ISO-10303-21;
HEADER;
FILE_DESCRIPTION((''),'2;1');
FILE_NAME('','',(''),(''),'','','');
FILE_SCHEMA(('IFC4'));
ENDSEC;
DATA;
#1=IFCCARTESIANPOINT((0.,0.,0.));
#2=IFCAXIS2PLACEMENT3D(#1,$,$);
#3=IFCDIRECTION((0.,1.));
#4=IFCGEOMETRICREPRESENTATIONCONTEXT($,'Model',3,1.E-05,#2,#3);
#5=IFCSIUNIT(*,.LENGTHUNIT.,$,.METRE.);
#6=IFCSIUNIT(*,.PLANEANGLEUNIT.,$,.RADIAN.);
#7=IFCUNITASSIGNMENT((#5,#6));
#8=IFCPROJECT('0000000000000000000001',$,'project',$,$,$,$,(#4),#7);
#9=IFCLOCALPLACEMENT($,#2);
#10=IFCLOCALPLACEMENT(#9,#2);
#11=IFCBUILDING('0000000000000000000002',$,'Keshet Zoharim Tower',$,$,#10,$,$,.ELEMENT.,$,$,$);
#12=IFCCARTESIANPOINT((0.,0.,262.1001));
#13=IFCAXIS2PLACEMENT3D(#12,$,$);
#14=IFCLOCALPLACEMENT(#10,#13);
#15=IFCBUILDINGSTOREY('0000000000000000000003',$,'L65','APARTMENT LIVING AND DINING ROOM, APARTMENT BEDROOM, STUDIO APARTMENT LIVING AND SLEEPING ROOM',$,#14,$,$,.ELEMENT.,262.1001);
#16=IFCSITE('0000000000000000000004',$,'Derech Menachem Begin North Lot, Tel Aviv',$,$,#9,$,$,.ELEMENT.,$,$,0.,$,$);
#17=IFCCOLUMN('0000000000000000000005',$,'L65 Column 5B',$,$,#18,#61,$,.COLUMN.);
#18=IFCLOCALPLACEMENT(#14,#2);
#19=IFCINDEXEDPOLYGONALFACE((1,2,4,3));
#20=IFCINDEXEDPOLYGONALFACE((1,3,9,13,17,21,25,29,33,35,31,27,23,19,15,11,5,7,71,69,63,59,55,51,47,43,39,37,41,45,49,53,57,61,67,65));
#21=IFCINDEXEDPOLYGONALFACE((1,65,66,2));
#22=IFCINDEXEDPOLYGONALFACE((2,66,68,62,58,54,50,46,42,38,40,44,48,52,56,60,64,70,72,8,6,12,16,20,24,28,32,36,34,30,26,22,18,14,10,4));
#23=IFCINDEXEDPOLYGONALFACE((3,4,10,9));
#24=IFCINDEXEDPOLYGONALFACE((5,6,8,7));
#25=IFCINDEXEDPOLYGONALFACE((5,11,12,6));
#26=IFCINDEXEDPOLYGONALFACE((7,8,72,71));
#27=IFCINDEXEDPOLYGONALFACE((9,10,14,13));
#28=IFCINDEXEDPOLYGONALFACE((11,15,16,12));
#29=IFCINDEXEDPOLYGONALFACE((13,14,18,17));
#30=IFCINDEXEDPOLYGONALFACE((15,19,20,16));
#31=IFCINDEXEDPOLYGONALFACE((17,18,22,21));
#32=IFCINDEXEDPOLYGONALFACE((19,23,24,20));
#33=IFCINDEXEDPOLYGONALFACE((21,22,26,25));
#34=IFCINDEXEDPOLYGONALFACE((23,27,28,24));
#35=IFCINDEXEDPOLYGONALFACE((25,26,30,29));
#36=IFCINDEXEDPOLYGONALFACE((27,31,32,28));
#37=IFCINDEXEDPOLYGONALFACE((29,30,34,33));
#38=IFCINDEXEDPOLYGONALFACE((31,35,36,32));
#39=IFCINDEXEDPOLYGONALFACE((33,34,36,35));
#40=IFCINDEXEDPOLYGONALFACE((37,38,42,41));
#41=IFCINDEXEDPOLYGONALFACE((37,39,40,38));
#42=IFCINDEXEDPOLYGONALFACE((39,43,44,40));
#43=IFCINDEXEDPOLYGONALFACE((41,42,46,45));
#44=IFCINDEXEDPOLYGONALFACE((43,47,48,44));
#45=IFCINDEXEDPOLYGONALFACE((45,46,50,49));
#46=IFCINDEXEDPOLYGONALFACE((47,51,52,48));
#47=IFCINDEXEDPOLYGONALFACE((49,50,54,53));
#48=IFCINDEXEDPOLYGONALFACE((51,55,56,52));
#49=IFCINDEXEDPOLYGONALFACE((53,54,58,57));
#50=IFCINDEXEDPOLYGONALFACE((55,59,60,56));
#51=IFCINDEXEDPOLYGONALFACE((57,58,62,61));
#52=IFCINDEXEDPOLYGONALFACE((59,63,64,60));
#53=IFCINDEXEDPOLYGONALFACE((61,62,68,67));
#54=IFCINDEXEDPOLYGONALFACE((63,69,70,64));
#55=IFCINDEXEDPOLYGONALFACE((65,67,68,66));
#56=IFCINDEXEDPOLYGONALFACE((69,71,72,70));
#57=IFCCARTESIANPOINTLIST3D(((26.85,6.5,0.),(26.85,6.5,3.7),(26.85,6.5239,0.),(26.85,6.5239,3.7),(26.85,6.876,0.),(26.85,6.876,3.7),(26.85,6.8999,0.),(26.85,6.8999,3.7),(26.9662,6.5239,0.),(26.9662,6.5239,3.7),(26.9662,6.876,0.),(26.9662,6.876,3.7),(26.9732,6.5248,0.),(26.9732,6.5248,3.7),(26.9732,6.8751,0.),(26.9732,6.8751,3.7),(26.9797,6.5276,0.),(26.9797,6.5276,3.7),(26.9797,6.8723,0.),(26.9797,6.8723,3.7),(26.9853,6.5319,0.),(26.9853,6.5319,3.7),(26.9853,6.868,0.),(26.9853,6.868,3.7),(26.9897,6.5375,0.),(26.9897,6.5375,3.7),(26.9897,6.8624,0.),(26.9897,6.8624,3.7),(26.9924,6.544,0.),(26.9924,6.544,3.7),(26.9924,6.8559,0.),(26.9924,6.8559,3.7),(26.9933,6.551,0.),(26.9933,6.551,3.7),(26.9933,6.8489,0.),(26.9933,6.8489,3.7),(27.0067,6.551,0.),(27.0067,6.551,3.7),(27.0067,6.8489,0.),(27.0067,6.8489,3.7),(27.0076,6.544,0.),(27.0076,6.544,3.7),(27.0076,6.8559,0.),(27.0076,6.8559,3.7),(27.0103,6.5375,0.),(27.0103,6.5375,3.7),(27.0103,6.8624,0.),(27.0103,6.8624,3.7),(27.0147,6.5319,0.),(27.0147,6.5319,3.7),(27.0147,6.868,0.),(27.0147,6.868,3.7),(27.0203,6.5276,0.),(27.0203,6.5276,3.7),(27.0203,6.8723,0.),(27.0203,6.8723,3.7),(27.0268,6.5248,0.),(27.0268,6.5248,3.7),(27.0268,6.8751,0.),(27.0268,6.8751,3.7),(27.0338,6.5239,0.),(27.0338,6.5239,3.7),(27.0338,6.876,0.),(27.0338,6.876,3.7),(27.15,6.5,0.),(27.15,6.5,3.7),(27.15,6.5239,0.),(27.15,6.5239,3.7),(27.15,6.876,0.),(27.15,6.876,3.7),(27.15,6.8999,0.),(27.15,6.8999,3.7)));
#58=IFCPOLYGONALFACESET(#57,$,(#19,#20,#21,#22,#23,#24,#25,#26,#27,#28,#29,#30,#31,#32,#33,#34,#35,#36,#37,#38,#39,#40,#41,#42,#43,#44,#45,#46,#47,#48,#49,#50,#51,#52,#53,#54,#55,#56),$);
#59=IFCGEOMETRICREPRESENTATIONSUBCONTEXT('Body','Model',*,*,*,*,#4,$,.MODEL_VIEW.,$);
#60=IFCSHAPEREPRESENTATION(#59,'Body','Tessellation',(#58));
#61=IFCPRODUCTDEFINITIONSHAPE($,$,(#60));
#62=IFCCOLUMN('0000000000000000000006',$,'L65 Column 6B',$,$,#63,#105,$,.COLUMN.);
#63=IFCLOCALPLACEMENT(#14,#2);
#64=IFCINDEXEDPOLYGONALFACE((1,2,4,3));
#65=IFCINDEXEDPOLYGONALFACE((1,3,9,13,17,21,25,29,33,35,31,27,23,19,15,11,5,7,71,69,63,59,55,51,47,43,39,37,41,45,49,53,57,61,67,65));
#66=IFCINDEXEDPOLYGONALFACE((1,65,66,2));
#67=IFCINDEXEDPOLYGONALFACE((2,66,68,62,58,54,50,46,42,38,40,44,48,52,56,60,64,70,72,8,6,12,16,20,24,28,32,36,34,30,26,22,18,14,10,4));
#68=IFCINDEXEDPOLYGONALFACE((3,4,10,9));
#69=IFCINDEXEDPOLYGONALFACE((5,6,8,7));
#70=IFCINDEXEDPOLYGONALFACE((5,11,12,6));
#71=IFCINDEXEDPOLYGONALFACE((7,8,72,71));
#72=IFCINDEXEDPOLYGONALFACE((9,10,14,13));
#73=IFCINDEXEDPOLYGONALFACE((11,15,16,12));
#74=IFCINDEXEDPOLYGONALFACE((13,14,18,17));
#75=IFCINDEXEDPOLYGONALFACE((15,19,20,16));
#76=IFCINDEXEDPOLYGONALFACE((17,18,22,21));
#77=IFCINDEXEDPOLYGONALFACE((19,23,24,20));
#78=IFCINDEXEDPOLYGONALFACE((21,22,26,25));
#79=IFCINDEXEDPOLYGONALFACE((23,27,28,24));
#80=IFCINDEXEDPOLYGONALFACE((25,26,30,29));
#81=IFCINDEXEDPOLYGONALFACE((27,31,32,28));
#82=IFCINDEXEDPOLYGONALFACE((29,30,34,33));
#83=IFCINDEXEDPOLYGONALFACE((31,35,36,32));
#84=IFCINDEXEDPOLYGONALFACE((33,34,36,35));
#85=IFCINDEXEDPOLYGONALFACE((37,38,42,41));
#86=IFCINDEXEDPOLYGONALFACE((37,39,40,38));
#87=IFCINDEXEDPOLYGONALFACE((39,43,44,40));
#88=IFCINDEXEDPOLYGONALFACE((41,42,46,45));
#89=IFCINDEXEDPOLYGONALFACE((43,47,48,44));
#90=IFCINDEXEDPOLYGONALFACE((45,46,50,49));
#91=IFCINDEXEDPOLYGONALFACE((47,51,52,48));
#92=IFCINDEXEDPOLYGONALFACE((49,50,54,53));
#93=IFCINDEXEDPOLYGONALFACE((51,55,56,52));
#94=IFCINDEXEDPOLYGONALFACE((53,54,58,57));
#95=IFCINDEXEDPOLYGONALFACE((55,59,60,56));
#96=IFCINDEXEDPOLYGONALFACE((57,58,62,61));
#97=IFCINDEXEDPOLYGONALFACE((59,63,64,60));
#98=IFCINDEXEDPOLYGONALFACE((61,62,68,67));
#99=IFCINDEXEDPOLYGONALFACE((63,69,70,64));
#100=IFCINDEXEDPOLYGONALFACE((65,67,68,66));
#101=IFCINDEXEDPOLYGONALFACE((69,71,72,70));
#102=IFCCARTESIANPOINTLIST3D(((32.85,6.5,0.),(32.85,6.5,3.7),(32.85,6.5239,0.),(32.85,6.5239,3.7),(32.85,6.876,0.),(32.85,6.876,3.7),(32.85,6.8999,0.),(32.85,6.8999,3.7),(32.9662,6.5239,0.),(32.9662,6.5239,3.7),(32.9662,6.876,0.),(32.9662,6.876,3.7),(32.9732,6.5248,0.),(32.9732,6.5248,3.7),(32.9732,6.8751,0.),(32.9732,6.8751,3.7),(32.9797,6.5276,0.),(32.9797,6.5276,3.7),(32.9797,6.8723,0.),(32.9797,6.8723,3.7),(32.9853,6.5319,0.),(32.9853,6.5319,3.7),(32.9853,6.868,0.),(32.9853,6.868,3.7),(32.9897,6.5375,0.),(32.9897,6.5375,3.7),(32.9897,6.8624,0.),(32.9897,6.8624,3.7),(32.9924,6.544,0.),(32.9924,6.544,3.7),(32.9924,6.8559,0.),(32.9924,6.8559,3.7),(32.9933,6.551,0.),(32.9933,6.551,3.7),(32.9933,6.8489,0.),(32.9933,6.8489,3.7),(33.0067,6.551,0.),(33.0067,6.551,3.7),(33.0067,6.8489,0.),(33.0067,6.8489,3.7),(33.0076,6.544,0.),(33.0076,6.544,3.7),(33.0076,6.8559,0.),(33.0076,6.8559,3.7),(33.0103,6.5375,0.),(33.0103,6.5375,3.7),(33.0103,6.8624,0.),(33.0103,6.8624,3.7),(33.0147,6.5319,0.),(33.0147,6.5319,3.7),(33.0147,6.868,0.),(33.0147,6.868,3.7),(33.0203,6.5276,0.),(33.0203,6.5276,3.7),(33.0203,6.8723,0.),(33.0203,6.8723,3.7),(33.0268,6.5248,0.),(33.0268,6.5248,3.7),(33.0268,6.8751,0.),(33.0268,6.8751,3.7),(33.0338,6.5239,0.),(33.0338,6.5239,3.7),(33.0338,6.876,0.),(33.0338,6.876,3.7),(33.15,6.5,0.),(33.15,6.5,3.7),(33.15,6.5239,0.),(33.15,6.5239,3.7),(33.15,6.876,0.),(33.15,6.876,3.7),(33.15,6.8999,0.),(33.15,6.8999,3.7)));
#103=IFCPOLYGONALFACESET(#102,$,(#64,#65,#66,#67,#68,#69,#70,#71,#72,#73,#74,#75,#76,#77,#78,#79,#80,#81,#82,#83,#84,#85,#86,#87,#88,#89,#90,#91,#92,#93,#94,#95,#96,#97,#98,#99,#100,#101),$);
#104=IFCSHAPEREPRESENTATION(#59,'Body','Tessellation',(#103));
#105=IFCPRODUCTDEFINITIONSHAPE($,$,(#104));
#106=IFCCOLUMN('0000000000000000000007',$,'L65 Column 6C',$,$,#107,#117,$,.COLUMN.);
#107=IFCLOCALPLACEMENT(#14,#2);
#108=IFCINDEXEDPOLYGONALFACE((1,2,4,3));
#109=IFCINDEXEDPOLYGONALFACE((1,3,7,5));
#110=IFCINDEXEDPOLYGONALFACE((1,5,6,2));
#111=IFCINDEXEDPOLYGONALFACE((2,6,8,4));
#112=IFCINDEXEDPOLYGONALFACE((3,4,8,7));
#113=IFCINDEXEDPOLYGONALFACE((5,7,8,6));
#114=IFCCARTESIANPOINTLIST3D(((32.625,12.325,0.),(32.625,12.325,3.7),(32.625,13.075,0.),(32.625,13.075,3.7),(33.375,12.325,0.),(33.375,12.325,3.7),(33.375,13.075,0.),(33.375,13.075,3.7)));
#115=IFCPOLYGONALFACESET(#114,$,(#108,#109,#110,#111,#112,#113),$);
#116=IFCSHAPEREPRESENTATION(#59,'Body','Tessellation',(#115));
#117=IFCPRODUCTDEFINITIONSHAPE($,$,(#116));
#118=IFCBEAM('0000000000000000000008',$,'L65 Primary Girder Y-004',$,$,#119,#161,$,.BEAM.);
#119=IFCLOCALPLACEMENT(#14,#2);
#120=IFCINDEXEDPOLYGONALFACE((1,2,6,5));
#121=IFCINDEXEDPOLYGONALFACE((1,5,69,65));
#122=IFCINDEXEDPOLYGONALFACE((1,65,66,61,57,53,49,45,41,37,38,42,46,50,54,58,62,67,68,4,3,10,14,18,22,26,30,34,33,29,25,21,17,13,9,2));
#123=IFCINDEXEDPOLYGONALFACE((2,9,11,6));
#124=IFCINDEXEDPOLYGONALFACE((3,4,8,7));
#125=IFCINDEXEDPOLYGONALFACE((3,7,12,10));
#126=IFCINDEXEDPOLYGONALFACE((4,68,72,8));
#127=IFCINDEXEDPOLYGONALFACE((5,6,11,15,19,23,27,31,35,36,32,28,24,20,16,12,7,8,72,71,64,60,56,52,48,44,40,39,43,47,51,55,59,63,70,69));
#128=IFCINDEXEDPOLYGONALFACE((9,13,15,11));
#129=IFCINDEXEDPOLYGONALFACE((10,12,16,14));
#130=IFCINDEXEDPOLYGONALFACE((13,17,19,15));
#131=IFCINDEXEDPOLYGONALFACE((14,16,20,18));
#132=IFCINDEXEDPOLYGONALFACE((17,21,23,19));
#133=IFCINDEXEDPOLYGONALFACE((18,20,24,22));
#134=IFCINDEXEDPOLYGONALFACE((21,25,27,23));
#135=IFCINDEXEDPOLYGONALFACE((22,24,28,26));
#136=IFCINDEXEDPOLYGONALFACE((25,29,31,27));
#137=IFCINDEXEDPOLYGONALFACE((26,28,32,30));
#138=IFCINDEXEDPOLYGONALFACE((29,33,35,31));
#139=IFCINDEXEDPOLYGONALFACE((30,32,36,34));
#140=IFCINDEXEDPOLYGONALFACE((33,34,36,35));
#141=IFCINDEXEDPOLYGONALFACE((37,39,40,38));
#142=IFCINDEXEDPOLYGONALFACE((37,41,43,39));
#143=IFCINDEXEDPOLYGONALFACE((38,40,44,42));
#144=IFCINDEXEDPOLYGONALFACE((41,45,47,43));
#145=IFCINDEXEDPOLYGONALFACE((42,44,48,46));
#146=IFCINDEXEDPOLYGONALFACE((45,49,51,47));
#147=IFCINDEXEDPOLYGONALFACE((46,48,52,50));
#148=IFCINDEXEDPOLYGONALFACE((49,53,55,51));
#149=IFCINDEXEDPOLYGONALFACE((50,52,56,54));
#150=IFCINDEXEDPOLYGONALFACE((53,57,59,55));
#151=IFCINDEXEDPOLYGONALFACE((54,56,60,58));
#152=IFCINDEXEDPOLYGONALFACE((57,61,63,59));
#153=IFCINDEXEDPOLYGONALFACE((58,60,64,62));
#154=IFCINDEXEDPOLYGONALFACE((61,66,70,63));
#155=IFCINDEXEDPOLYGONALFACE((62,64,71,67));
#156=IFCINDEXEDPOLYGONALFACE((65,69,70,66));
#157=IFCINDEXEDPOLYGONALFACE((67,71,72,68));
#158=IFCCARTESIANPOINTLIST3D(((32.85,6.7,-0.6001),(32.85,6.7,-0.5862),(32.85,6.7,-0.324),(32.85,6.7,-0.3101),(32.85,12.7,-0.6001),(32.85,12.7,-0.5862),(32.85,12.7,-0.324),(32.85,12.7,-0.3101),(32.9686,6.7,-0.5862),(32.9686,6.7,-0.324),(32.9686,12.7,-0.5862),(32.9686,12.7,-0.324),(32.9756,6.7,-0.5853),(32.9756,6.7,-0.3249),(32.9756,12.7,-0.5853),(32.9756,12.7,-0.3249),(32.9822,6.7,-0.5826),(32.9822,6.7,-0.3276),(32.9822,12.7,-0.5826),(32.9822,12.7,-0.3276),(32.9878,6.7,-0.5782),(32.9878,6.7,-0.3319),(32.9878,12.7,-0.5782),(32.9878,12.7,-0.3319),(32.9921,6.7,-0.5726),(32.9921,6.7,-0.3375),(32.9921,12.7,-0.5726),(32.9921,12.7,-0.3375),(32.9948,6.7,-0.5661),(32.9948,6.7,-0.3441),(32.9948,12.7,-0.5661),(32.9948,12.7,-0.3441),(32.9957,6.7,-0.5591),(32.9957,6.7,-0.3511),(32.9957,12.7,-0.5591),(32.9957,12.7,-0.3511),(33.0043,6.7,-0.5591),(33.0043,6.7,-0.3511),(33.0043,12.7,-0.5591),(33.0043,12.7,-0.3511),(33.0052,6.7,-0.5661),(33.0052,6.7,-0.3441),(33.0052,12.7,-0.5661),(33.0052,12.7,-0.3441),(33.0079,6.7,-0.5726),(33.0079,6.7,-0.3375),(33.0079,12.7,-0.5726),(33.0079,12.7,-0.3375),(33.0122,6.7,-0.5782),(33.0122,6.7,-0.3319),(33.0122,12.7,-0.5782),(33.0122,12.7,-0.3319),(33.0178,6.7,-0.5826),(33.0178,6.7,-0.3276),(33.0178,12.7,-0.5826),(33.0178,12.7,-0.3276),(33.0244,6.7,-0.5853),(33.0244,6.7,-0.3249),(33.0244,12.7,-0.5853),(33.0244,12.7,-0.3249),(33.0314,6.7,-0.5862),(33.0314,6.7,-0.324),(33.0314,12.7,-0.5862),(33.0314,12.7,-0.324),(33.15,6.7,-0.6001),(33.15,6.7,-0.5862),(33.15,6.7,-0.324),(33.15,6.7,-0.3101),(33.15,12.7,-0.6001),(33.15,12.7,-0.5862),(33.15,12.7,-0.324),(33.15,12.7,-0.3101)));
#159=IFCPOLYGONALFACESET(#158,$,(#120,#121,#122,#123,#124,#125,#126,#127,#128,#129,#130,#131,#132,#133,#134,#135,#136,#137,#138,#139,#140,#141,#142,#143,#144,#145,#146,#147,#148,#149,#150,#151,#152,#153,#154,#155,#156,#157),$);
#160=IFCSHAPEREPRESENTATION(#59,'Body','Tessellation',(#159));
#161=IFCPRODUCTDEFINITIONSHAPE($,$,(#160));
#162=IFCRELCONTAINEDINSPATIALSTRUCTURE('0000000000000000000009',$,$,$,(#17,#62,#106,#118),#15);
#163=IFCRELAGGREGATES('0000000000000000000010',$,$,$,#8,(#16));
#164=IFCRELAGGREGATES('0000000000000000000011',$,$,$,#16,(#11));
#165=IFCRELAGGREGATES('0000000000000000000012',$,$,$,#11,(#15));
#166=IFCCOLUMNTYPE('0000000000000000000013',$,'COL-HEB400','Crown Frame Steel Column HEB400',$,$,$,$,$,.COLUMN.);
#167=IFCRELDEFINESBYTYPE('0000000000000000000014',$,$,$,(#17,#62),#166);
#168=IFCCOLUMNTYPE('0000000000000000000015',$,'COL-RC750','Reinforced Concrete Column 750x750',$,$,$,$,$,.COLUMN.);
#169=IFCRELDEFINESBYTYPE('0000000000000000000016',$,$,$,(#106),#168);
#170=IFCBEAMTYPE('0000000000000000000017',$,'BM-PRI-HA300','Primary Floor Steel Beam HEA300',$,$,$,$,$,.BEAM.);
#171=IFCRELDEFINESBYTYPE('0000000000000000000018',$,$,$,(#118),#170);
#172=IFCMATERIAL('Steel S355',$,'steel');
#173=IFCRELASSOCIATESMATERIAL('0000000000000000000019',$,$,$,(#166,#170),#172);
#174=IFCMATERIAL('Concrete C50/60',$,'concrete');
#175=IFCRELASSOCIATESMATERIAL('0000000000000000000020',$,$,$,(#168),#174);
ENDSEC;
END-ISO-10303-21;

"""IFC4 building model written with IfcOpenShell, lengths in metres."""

from ifc_helpers import new_model, si_unit, direction, frame, origin, origin_2d, place, context, subcontext, project, spatial, rectangle, i_section, extrude, material, material_profile, profile_set, type_object, element, save


model = new_model("IFC4")

# Units and contexts
model_context = context("Model", 3, precision=1e-05, world=origin(), true_north=direction((0.0, 1.0)))
body_context = subcontext(model_context, "Body", "Model", "MODEL_VIEW")
ifc_project = project(units=[si_unit("LENGTHUNIT", "METRE"), si_unit("PLANEANGLEUNIT", "RADIAN")], contexts=[model_context])

# Site, building, storey
site_placement = place(None, origin())
site = spatial("IfcSite", under=ifc_project, at=site_placement, Name="Derech Menachem Begin North Lot, Tel Aviv", CompositionType="ELEMENT", RefElevation=0.0)
building_placement = place(site_placement, origin())
building = spatial("IfcBuilding", under=site, at=building_placement, Name="Keshet Zoharim Tower", CompositionType="ELEMENT")
storey_placement = place(building_placement, frame((0.0, 0.0, 262.1001)))
storey = spatial("IfcBuildingStorey", under=building, at=storey_placement, Name="L65", Description="APARTMENT LIVING AND DINING ROOM, APARTMENT BEDROOM, STUDIO APARTMENT LIVING AND SLEEPING ROOM", CompositionType="ELEMENT", Elevation=262.1001)

# Columns
ifc_material_1 = material(Name="Steel S355", Category="steel")
ifc_material_profile_1 = material_profile(ifc_material_1, i_section(OverallWidth=0.3, OverallDepth=0.3999, WebThickness=0.0134, FlangeThickness=0.0239, FilletRadius=0.0271, at=origin_2d()), Name="HEB400")
ifc_profile_set_1 = profile_set([ifc_material_profile_1], Name="Steel S355")
column_type_1 = type_object("IfcColumnType", Name="COL-HEB400", Description="Crown Frame Steel Column HEB400", PredefinedType="COLUMN", material=ifc_profile_set_1)
for number, where, z_axis, x_axis, name in (
    (1, (27.0, 6.7, 0.0), (0.0, 0.0, 1.0), (1.0, 0.0, 0.0), "L65 Column 5B"),
    (2, (33.0, 6.7, 0.0), (0.0, 0.0, 1.0), (1.0, 0.0, 0.0), "L65 Column 6B"),
):
    element("IfcColumn", number, at=place(storey_placement, frame(where, z_axis=z_axis, x_axis=x_axis)), inside=storey, type_object=column_type_1, Name=name, PredefinedType="COLUMN", context=body_context, shape_type="SweptSolid", body=[
        extrude(i_section(OverallWidth=0.3, OverallDepth=0.3999, WebThickness=0.0134, FlangeThickness=0.0239, FilletRadius=0.0271, at=origin_2d()), origin(), (0.0, 0.0, 1.0), 3.7),
    ])
ifc_material_2 = material(Name="Concrete C50/60", Category="concrete")
ifc_material_profile_2 = material_profile(ifc_material_2, rectangle(XDim=0.75, YDim=0.75, at=origin_2d()), Name="RC750x750")
ifc_profile_set_2 = profile_set([ifc_material_profile_2], Name="Concrete C50/60")
column_type_2 = type_object("IfcColumnType", Name="COL-RC750", Description="Reinforced Concrete Column 750x750", PredefinedType="COLUMN", material=ifc_profile_set_2)
column_placement = place(storey_placement, frame((33.0, 12.7, 0.0), z_axis=(0.0, 0.0, 1.0), x_axis=(1.0, 0.0, 0.0)))
element("IfcColumn", 3, at=column_placement, inside=storey, type_object=column_type_2, Name="L65 Column 6C", PredefinedType="COLUMN", context=body_context, shape_type="SweptSolid", body=[
    extrude(rectangle(XDim=0.75, YDim=0.75, at=origin_2d()), origin(), (0.0, 0.0, 1.0), 3.7),
])

# Beam
ifc_material_profile_3 = material_profile(ifc_material_1, i_section(OverallWidth=0.3, OverallDepth=0.29, WebThickness=0.0085, FlangeThickness=0.0139, FilletRadius=0.0271, at=origin_2d()), Name="HEA300")
ifc_profile_set_3 = profile_set([ifc_material_profile_3], Name="Steel S355")
beam_type_1 = type_object("IfcBeamType", Name="BM-PRI-HA300", Description="Primary Floor Steel Beam HEA300", PredefinedType="BEAM", material=ifc_profile_set_3)
beam_1_placement = place(storey_placement, frame((33.0, 6.7, -0.4551), z_axis=(0.0, 1.0, 0.0), x_axis=(-1.0, 0.0, 0.0)))
element("IfcBeam", 4, at=beam_1_placement, inside=storey, type_object=beam_type_1, Name="L65 Primary Girder Y-004", PredefinedType="BEAM", context=body_context, shape_type="SweptSolid", body=[
    extrude(i_section(OverallWidth=0.3, OverallDepth=0.29, WebThickness=0.0085, FlangeThickness=0.0139, FilletRadius=0.0271, at=origin_2d()), origin(), (0.0, 0.0, 1.0), 6.0),
])

save(model, "model.ifc")
